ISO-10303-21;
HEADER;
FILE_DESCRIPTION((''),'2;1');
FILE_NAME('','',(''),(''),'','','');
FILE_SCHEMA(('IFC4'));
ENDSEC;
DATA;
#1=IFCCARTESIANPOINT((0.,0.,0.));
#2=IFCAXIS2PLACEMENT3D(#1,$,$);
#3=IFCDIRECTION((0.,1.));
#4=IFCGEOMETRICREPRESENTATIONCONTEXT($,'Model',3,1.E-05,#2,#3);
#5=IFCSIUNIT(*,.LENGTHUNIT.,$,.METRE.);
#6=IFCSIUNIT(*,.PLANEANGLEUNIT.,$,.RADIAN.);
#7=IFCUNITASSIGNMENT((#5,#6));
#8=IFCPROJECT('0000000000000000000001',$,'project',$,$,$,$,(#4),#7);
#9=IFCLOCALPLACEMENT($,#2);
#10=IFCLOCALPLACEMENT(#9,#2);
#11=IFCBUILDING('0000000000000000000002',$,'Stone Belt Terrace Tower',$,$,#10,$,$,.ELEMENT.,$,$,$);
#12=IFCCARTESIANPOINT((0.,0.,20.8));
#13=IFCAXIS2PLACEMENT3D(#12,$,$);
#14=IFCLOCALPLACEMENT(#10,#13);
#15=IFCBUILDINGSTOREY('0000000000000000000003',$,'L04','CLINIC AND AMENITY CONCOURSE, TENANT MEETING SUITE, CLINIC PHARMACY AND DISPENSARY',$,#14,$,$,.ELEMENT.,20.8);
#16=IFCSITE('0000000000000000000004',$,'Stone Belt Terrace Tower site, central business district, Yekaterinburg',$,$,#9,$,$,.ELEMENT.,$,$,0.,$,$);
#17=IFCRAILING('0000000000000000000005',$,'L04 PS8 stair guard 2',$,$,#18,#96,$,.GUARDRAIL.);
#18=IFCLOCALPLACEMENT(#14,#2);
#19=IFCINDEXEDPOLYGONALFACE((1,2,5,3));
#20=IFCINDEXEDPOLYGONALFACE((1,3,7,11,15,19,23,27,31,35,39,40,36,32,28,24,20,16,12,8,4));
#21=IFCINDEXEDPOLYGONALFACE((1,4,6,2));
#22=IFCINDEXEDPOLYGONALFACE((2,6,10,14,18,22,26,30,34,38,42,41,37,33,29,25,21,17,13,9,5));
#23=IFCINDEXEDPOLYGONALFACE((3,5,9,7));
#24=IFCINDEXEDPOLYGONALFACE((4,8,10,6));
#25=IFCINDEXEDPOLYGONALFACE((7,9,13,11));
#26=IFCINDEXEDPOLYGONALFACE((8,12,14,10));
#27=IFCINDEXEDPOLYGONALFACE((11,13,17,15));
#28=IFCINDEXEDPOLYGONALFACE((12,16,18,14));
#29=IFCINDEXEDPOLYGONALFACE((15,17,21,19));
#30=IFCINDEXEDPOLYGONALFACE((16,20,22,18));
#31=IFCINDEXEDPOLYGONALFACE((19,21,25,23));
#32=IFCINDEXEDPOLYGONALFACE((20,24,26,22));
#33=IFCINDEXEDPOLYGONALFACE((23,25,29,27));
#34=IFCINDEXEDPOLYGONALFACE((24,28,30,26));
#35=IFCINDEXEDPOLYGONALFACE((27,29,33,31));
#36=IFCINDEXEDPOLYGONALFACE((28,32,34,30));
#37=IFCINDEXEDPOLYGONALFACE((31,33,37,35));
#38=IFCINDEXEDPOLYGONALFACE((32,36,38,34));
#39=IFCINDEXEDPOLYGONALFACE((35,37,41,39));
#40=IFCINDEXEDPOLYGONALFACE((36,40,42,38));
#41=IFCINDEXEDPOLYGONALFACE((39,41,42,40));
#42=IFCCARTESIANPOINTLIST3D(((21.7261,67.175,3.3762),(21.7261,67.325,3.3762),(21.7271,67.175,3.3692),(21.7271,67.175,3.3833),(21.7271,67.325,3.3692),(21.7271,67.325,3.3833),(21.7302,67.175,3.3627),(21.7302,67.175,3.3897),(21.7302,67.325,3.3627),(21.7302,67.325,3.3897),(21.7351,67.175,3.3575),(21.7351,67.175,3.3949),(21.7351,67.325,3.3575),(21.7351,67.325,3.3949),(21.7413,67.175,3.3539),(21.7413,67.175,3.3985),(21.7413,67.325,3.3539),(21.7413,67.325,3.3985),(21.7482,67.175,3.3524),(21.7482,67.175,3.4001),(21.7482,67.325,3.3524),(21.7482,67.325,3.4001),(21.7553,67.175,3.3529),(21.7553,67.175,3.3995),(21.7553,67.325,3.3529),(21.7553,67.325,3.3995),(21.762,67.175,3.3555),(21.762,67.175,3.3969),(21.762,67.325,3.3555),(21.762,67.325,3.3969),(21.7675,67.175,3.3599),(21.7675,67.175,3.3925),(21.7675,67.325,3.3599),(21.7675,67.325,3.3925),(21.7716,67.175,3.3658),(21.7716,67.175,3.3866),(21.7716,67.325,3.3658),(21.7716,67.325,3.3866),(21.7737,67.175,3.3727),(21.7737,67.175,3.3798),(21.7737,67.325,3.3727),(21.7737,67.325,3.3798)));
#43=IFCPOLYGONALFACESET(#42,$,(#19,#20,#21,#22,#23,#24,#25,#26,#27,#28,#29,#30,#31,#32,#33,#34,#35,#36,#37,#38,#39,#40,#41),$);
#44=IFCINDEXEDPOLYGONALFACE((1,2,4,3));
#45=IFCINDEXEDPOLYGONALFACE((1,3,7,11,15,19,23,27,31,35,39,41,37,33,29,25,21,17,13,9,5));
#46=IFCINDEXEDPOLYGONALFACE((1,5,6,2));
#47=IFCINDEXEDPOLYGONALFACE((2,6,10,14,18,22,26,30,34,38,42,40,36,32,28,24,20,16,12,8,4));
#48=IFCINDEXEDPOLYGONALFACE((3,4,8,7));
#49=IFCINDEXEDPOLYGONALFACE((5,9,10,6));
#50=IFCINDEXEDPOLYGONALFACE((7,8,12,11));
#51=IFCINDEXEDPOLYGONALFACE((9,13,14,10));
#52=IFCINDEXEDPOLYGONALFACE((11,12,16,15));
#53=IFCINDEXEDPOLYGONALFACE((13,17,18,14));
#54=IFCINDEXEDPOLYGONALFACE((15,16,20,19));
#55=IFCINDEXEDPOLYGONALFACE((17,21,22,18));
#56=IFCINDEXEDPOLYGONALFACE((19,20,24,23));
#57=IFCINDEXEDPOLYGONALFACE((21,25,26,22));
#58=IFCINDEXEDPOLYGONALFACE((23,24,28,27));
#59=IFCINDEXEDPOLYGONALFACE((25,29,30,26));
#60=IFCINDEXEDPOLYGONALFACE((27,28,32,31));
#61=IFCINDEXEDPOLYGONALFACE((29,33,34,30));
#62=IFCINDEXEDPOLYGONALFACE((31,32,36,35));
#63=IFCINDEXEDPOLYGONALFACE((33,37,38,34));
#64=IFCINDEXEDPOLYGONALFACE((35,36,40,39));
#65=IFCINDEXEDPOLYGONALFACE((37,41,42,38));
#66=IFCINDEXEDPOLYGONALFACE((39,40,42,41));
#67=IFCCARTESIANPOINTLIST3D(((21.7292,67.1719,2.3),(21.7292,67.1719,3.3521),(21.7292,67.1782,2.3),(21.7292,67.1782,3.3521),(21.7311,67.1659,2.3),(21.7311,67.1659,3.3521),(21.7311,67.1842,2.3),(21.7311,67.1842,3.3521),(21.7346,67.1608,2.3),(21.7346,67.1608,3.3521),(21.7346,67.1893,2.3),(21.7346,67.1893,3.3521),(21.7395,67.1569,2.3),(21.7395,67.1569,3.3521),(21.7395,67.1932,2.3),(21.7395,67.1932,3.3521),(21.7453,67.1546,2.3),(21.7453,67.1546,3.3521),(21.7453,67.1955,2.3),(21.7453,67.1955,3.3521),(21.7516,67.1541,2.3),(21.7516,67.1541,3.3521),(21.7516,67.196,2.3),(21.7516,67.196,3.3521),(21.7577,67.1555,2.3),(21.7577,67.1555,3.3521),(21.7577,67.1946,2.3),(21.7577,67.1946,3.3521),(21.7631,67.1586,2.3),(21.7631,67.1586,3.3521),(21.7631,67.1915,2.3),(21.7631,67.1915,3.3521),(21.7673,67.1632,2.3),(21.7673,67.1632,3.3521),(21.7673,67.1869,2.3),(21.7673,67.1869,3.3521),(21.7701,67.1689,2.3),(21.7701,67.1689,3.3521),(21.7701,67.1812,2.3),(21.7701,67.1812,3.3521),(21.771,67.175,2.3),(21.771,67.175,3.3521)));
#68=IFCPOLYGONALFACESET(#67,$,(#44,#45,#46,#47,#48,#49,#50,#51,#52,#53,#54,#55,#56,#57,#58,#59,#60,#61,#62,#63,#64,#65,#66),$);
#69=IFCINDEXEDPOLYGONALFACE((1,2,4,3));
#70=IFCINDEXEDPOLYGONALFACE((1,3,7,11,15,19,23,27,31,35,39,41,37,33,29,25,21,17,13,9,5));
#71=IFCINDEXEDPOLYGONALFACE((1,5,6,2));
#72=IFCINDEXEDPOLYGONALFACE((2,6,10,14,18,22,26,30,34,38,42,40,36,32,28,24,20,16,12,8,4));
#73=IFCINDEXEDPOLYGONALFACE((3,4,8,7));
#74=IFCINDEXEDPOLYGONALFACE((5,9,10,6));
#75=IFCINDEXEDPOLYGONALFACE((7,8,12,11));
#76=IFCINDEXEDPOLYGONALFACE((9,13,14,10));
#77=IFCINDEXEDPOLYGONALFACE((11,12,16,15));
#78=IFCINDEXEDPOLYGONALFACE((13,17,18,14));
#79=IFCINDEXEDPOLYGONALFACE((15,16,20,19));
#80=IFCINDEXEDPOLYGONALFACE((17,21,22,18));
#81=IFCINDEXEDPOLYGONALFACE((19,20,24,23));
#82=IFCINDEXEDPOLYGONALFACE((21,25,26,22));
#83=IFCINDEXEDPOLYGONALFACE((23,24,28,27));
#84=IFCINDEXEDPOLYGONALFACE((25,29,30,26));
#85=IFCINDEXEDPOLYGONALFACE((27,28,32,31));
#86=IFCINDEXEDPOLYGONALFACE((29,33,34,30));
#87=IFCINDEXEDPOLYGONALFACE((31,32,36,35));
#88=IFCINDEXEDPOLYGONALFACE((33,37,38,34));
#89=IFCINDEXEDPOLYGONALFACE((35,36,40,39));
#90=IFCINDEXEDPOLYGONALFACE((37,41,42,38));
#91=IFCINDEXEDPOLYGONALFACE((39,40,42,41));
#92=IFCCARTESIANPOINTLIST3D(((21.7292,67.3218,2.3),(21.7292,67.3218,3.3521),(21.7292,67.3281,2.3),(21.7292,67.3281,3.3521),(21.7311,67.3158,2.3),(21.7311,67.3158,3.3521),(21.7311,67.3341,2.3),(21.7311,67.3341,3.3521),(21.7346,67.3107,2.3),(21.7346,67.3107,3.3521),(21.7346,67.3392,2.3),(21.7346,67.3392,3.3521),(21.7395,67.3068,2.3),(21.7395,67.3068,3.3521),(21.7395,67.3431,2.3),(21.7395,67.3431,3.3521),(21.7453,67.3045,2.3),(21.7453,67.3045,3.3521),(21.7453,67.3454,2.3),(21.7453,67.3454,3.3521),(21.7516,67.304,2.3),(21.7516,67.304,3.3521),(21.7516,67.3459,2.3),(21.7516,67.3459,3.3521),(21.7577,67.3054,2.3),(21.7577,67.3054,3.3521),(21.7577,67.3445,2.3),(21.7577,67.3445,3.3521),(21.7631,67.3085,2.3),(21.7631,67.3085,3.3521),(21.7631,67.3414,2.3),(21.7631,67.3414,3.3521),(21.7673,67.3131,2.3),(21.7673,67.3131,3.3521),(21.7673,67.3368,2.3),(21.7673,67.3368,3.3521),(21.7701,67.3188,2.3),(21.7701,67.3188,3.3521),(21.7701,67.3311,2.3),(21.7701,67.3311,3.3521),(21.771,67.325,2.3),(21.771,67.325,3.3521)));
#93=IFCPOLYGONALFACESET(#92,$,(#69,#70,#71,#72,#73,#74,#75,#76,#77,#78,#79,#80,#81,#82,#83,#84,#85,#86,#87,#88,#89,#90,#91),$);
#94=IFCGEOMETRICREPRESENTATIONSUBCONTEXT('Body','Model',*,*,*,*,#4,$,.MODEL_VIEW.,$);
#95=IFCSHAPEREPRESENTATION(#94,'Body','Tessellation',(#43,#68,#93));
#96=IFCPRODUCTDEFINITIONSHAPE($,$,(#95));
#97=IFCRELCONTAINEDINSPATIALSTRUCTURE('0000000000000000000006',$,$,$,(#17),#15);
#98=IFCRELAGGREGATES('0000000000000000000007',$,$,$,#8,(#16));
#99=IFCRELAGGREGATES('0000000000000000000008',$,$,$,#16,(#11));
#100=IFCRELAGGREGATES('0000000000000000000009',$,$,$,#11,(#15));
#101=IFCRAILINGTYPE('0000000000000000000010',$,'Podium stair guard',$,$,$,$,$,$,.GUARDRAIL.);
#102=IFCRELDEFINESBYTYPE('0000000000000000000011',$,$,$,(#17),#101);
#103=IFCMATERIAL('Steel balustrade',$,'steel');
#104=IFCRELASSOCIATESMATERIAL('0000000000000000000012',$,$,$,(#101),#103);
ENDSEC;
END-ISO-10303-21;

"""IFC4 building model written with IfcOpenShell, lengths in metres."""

from ifc_helpers import new_model, si_unit, direction, frame, origin, origin_2d, place, context, subcontext, project, spatial, circle, extrude, material, type_object, element, save


model = new_model("IFC4")

# Units and contexts
model_context = context("Model", 3, precision=1e-05, world=origin(), true_north=direction((0.0, 1.0)))
body_context = subcontext(model_context, "Body", "Model", "MODEL_VIEW")
ifc_project = project(units=[si_unit("LENGTHUNIT", "METRE"), si_unit("PLANEANGLEUNIT", "RADIAN")], contexts=[model_context])

# Site, building, storey
site_placement = place(None, origin())
site = spatial("IfcSite", under=ifc_project, at=site_placement, Name="Stone Belt Terrace Tower site, central business district, Yekaterinburg", CompositionType="ELEMENT", RefElevation=0.0)
building_placement = place(site_placement, origin())
building = spatial("IfcBuilding", under=site, at=building_placement, Name="Stone Belt Terrace Tower", CompositionType="ELEMENT")
storey_placement = place(building_placement, frame((0.0, 0.0, 20.8)))
storey = spatial("IfcBuildingStorey", under=building, at=storey_placement, Name="L04", Description="CLINIC AND AMENITY CONCOURSE, TENANT MEETING SUITE, CLINIC PHARMACY AND DISPENSARY", CompositionType="ELEMENT", Elevation=20.8)

# Railing
ifc_material_1 = material(Name="Steel balustrade", Category="steel")
railing_type_1 = type_object("IfcRailingType", Name="Podium stair guard", PredefinedType="GUARDRAIL", material=ifc_material_1)
railing_1_placement = place(storey_placement, frame((21.75, 67.175, 2.3)))
element("IfcRailing", 1, at=railing_1_placement, inside=storey, type_object=railing_type_1, Name="L04 PS8 stair guard 2", PredefinedType="GUARDRAIL", context=body_context, shape_type="SweptSolid", body=[
    extrude(circle(Radius=0.0239, at=origin_2d()), frame((0.0, 0.0, 1.0762), z_axis=(0.0, 1.0, 0.0), x_axis=(-1.0, 0.0, 0.0)), (0.0, 0.0, 1.0), 0.1499),
    extrude(circle(Radius=0.021, at=origin_2d()), origin(), (0.0, 0.0, 1.0), 1.052),
    extrude(circle(Radius=0.021, at=origin_2d()), frame((0.0, 0.1499, 0.0)), (0.0, 0.0, 1.0), 1.052),
])

save(model, "model.ifc")
